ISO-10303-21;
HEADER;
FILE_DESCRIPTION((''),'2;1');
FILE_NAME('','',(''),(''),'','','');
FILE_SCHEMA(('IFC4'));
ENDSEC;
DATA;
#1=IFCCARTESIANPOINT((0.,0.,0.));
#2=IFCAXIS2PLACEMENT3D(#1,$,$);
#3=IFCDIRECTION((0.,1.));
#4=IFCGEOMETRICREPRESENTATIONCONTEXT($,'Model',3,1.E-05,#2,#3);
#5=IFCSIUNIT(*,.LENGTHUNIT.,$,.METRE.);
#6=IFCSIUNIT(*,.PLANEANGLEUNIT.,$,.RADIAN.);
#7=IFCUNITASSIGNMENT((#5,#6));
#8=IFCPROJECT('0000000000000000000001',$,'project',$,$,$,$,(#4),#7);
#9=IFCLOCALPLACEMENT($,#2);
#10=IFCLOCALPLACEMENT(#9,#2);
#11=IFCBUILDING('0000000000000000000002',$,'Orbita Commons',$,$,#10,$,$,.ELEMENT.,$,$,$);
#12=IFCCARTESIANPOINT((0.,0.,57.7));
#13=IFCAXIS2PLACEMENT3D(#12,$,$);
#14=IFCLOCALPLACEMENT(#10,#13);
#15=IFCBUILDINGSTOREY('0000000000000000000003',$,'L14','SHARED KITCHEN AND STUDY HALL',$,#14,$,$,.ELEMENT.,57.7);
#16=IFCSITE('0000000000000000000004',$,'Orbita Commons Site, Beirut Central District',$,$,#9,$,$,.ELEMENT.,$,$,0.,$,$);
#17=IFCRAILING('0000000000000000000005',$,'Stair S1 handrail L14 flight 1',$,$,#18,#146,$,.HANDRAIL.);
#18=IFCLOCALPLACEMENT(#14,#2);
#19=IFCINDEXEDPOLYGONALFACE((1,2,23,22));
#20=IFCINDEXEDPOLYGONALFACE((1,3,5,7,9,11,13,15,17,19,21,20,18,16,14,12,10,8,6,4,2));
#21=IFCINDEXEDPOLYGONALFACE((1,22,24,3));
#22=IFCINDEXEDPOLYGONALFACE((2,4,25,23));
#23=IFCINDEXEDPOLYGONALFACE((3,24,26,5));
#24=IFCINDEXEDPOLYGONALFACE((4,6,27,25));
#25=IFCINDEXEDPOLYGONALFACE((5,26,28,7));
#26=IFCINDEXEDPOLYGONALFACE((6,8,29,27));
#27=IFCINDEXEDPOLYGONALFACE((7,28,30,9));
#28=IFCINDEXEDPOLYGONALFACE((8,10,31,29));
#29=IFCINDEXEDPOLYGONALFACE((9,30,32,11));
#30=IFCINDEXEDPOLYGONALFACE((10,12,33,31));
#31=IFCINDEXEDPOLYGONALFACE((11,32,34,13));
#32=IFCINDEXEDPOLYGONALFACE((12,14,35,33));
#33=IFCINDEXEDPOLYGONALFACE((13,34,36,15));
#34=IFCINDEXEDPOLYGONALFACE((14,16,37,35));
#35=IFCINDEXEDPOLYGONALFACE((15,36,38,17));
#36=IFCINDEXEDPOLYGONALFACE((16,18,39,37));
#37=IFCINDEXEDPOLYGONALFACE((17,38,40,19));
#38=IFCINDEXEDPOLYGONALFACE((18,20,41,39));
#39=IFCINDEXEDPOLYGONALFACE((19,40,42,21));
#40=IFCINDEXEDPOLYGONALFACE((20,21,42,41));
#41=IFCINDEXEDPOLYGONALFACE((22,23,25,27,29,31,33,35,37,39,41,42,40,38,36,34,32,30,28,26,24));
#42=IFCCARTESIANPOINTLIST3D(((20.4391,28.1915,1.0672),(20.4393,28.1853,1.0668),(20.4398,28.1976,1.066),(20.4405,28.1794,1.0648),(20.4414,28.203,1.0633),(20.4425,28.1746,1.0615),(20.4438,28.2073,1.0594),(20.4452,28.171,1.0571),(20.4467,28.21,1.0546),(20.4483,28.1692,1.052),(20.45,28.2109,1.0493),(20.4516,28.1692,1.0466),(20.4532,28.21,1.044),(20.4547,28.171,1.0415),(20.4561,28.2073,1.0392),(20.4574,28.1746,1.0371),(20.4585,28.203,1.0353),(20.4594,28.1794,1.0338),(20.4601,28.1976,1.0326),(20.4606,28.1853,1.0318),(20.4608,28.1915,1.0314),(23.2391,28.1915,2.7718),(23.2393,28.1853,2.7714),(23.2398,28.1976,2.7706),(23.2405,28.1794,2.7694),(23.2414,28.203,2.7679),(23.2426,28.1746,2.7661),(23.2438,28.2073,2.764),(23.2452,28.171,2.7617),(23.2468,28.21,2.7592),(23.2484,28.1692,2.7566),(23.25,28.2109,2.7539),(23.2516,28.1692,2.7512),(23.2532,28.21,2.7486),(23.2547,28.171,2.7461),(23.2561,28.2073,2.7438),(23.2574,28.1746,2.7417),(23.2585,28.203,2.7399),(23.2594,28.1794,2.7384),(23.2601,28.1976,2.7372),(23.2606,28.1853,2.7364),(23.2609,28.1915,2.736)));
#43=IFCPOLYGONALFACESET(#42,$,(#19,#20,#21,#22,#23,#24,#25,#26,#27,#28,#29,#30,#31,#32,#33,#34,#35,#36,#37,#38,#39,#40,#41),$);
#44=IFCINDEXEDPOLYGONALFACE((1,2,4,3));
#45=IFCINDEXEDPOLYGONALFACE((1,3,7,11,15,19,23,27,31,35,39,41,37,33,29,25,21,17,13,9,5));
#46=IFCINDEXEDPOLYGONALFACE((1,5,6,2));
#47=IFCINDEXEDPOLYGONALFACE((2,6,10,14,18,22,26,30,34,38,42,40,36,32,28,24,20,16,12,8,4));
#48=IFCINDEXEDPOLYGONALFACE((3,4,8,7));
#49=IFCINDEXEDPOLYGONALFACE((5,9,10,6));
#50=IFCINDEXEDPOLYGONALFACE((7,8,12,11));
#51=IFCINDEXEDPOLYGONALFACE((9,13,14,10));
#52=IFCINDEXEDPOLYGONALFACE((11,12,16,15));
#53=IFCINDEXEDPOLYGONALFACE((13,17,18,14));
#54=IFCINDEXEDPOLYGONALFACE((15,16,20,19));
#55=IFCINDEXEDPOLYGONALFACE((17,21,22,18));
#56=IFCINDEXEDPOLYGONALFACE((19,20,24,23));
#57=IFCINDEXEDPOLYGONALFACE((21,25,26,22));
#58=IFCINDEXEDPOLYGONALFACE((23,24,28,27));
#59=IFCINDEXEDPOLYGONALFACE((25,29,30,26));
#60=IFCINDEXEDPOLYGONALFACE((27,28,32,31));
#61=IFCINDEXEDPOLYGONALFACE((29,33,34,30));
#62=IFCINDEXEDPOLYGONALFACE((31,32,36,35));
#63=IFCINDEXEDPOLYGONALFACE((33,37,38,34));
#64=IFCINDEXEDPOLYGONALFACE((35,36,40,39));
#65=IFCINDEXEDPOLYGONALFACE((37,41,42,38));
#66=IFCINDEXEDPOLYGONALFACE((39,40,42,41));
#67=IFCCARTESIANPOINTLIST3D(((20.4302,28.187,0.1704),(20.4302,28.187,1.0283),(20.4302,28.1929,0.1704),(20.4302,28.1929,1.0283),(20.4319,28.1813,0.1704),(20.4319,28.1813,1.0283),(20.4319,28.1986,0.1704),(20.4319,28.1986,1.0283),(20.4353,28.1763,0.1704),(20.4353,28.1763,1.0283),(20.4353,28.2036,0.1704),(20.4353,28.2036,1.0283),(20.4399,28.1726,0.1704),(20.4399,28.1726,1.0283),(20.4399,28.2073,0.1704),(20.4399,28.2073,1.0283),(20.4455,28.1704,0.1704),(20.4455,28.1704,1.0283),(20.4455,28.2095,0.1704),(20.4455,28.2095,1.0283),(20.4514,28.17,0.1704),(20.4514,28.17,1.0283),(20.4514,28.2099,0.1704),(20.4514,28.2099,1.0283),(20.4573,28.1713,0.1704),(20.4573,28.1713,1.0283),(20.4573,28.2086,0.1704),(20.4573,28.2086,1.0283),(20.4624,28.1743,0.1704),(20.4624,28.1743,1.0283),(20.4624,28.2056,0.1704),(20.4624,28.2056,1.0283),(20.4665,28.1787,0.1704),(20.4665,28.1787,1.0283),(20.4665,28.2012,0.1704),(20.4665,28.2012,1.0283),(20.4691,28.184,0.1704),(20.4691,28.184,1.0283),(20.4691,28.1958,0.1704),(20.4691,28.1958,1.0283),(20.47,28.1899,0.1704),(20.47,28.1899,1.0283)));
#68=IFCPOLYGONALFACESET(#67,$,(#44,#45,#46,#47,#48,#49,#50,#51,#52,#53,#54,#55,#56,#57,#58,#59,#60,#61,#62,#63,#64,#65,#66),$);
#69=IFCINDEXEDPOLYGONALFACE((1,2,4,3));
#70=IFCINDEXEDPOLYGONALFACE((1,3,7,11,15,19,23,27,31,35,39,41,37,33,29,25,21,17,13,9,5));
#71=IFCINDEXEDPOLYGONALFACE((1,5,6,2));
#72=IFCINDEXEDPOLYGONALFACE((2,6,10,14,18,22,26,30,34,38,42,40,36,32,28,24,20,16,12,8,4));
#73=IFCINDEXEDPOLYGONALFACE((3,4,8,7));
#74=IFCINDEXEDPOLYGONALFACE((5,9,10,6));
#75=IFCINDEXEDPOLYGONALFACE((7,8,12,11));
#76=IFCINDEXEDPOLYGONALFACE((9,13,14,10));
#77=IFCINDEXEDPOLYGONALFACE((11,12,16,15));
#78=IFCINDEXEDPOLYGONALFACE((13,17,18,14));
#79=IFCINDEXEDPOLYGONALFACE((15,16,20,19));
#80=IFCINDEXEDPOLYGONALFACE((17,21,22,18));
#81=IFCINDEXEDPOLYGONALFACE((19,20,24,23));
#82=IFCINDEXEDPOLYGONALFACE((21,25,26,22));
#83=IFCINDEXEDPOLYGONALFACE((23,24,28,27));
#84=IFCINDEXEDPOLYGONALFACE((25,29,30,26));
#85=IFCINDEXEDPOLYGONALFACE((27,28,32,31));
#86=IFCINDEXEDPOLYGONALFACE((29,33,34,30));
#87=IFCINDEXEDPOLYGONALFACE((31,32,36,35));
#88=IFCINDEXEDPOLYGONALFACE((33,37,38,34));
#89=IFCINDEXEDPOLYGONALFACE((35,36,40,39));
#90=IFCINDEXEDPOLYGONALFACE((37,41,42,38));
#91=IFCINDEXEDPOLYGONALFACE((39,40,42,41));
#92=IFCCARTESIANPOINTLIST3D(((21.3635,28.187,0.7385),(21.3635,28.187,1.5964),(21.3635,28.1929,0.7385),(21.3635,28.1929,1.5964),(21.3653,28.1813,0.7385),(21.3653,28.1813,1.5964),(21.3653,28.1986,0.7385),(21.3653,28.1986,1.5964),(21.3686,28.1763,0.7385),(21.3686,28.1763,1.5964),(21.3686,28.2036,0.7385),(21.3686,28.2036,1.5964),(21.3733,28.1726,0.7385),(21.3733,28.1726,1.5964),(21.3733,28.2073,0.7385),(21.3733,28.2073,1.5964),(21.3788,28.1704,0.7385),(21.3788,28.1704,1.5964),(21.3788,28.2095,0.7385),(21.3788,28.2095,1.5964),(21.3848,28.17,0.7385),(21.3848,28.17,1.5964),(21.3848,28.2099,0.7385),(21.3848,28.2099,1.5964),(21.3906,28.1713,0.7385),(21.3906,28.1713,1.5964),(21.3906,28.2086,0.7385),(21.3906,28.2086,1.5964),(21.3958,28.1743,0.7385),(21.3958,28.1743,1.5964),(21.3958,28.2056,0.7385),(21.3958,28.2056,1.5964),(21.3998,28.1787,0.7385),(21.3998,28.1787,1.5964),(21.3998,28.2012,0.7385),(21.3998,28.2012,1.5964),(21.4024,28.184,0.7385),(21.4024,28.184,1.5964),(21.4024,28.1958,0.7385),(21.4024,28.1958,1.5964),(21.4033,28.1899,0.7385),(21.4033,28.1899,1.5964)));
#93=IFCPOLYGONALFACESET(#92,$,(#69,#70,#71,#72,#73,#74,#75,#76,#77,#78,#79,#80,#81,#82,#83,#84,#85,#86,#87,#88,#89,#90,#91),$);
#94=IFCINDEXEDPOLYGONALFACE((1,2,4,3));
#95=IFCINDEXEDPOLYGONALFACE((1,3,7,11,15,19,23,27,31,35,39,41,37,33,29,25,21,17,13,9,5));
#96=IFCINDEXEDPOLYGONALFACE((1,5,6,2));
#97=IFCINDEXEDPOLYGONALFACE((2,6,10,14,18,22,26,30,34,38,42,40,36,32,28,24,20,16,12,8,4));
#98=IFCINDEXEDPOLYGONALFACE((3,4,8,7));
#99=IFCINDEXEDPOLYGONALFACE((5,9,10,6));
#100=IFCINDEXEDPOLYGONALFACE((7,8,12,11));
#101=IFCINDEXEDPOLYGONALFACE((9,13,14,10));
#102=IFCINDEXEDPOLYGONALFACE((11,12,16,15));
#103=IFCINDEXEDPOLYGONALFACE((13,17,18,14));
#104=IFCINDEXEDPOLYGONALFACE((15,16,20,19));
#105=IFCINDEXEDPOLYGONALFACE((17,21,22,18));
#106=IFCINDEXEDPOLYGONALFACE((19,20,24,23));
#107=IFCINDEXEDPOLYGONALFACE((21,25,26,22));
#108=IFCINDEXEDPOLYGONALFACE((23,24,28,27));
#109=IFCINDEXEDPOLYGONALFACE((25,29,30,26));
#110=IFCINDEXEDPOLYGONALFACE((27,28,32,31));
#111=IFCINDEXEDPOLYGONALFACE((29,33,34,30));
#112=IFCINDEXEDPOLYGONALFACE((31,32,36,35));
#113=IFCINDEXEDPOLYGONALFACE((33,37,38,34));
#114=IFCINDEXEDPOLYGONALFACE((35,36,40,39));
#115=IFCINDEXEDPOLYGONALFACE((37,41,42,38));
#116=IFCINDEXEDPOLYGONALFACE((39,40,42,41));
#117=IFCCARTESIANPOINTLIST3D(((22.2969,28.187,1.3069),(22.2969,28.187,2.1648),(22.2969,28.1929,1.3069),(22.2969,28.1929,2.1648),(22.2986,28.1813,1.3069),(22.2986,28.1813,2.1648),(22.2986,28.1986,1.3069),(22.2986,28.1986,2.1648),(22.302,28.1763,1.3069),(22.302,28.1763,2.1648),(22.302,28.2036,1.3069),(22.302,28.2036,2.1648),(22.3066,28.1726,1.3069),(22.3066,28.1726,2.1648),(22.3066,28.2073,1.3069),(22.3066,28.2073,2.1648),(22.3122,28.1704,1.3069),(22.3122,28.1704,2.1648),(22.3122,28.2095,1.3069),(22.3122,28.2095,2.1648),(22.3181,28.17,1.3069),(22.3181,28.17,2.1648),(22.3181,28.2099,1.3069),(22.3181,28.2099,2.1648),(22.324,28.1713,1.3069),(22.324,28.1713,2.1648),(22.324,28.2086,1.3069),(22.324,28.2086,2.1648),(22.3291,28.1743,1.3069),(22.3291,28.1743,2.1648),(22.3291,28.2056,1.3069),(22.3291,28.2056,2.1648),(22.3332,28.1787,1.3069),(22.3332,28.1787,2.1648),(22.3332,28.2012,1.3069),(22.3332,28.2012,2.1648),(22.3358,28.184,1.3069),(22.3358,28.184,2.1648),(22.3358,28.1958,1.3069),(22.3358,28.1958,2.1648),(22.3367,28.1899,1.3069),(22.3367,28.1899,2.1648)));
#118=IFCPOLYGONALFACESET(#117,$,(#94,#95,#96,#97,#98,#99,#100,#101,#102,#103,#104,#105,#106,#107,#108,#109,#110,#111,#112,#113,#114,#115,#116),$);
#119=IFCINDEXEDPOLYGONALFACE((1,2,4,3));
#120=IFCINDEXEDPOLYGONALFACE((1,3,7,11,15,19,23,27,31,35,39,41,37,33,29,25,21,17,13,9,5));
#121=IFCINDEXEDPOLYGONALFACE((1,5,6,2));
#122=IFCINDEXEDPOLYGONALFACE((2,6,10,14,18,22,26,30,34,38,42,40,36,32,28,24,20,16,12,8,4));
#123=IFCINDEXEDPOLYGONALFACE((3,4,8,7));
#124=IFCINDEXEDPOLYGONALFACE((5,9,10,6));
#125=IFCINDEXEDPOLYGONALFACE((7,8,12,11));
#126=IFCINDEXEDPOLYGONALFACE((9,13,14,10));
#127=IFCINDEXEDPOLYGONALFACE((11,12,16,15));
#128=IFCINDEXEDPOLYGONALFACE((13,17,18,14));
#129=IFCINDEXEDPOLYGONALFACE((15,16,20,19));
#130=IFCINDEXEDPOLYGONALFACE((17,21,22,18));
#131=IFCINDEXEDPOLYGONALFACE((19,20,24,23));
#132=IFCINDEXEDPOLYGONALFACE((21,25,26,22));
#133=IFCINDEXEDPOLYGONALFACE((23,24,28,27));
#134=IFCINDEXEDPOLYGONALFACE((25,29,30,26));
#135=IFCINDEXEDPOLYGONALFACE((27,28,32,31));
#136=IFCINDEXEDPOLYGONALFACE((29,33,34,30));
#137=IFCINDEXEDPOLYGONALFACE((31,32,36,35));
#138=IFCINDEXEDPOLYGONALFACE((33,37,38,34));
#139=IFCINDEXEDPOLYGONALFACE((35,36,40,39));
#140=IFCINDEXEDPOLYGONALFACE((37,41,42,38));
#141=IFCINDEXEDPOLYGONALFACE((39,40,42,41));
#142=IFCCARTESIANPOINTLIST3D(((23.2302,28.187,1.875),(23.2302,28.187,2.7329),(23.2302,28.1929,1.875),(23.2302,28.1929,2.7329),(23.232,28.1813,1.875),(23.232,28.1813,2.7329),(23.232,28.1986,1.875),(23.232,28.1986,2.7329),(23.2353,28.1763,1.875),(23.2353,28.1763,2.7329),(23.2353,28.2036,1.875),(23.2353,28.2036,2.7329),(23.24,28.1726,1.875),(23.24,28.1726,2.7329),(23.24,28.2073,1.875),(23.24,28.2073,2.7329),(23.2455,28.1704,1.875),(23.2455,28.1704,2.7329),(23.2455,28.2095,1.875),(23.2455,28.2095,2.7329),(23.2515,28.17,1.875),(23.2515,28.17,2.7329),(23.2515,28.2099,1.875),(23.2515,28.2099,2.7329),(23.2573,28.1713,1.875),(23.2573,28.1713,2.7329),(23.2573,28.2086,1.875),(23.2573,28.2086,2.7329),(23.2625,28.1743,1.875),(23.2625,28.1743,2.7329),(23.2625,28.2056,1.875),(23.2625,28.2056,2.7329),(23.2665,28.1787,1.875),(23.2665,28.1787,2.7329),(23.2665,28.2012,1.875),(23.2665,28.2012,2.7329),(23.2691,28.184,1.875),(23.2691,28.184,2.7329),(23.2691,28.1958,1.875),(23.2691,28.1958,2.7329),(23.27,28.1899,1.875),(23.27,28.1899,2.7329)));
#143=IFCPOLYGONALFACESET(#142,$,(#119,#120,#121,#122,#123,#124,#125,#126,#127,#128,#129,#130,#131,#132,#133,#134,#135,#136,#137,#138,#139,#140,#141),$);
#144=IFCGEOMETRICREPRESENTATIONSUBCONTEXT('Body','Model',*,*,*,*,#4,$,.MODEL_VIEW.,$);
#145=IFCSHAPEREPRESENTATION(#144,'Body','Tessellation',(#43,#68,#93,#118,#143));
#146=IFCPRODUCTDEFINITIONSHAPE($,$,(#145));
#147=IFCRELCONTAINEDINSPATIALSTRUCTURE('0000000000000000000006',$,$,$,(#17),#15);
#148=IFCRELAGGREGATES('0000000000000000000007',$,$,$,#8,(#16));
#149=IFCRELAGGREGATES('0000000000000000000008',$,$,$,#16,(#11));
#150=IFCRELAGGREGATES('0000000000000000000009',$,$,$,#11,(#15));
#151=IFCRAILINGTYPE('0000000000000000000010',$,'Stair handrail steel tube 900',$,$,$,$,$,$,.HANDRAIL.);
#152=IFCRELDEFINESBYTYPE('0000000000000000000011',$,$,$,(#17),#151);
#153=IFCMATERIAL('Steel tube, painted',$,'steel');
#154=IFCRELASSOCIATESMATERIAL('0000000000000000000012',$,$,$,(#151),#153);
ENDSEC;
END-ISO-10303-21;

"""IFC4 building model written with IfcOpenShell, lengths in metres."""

from ifc_helpers import new_model, si_unit, direction, frame, origin, origin_2d, place, context, subcontext, project, spatial, circle, extrude, material, type_object, element, save


model = new_model("IFC4")

# Units and contexts
model_context = context("Model", 3, precision=1e-05, world=origin(), true_north=direction((0.0, 1.0)))
body_context = subcontext(model_context, "Body", "Model", "MODEL_VIEW")
ifc_project = project(units=[si_unit("LENGTHUNIT", "METRE"), si_unit("PLANEANGLEUNIT", "RADIAN")], contexts=[model_context])

# Site, building, storey
site_placement = place(None, origin())
site = spatial("IfcSite", under=ifc_project, at=site_placement, Name="Orbita Commons Site, Beirut Central District", CompositionType="ELEMENT", RefElevation=0.0)
building_placement = place(site_placement, origin())
building = spatial("IfcBuilding", under=site, at=building_placement, Name="Orbita Commons", CompositionType="ELEMENT")
storey_placement = place(building_placement, frame((0.0, 0.0, 57.7)))
storey = spatial("IfcBuildingStorey", under=building, at=storey_placement, Name="L14", Description="SHARED KITCHEN AND STUDY HALL", CompositionType="ELEMENT", Elevation=57.7)

# Railing
ifc_material_1 = material(Name="Steel tube, painted", Category="steel")
railing_type = type_object("IfcRailingType", Name="Stair handrail steel tube 900", PredefinedType="HANDRAIL", material=ifc_material_1)
for number, where, name in (
    (1, (20.45, 28.1899, 0.1704), "Stair S1 handrail L14 flight 1"),
):
    element("IfcRailing", number, at=place(storey_placement, frame(where)), inside=storey, type_object=railing_type, Name=name, PredefinedType="HANDRAIL", context=body_context, shape_type="SweptSolid", body=[
        extrude(circle(Radius=0.021, at=origin_2d()), frame((0.0, 0.0, 0.8789), z_axis=(0.85417, 0.0, 0.519994), x_axis=(0.0, 1.0, 0.0)), (0.0, 0.0, 1.0), 3.2781),
        extrude(circle(Radius=0.02, at=origin_2d()), origin(), (0.0, 0.0, 1.0), 0.8579),
        extrude(circle(Radius=0.02, at=origin_2d()), frame((0.9333, 0.0, 0.5681)), (0.0, 0.0, 1.0), 0.8579),
        extrude(circle(Radius=0.02, at=origin_2d()), frame((1.8667, 0.0, 1.1365)), (0.0, 0.0, 1.0), 0.8579),
        extrude(circle(Radius=0.02, at=origin_2d()), frame((2.8, 0.0, 1.7046)), (0.0, 0.0, 1.0), 0.8579),
    ])

save(model, "model.ifc")
